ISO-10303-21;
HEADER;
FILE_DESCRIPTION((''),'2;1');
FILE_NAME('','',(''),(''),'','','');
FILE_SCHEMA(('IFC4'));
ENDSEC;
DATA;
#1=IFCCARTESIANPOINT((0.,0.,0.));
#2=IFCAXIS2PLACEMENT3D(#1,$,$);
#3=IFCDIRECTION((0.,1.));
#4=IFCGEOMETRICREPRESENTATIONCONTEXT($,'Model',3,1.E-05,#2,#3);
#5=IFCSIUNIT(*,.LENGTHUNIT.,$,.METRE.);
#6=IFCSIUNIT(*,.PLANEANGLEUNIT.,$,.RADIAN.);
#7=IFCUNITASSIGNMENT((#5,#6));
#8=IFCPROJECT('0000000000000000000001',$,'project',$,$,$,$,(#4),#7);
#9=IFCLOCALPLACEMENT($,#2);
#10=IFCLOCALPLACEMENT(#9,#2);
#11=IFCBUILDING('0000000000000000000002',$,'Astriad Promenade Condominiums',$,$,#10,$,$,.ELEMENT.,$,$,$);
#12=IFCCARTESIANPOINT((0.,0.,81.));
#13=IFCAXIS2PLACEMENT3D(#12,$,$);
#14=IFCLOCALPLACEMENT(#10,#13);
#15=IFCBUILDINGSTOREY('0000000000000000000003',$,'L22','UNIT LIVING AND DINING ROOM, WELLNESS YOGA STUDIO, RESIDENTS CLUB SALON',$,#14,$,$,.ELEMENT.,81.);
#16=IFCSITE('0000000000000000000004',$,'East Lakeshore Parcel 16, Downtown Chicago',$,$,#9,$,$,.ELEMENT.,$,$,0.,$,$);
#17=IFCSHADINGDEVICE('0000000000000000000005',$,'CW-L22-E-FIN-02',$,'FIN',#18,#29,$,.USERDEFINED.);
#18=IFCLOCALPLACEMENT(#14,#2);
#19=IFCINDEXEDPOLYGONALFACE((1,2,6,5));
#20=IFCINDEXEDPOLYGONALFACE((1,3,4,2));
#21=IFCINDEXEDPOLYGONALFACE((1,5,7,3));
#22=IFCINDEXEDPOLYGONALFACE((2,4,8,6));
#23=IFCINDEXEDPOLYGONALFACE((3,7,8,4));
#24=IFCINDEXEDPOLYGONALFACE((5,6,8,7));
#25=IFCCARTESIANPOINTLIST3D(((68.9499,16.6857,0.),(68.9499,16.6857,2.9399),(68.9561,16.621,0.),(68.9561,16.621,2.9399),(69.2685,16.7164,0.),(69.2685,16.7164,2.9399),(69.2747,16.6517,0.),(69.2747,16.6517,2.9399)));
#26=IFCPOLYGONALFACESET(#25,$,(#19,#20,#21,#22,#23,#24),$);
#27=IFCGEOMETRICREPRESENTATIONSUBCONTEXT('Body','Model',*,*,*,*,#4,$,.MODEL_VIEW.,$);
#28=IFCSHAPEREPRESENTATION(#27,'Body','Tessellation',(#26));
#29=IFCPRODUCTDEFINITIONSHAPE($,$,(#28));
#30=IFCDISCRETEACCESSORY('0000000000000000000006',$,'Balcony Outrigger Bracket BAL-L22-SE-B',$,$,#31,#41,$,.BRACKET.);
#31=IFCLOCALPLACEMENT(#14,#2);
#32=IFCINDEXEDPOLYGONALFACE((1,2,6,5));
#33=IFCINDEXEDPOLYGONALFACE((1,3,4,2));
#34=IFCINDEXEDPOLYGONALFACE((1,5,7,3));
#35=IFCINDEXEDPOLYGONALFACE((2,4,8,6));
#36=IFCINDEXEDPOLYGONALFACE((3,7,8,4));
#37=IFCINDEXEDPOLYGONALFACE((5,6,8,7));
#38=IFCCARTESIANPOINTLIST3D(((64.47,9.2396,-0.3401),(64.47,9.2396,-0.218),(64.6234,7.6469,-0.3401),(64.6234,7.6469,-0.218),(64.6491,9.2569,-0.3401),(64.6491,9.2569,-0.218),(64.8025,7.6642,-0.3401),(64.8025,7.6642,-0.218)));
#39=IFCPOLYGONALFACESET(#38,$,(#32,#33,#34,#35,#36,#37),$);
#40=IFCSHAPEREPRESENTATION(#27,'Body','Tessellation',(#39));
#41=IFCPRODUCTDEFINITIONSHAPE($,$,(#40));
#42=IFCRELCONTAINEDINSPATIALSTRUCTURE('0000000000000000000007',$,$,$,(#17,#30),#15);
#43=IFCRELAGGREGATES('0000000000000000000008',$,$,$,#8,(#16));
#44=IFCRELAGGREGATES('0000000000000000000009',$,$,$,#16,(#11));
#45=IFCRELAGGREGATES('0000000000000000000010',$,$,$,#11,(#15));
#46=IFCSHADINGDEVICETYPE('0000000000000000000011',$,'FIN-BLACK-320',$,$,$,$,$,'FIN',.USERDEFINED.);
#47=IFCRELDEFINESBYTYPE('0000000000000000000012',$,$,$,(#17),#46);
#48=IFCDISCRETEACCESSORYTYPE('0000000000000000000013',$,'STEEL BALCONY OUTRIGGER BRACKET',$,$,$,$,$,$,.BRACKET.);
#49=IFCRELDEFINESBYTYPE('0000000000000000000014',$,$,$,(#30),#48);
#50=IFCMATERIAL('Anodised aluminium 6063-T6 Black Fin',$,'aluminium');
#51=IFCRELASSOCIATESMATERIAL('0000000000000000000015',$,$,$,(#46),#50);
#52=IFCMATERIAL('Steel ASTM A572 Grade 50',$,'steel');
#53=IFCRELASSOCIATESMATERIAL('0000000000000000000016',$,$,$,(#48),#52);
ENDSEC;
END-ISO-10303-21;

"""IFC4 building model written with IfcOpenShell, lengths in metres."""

from ifc_helpers import new_model, si_unit, direction, frame, origin, origin_2d, place, context, subcontext, project, spatial, rectangle, extrude, source, transform, mapped, material, type_object, type_shapes, element, save


model = new_model("IFC4")

# Units and contexts
model_context = context("Model", 3, precision=1e-05, world=origin(), true_north=direction((0.0, 1.0)))
body_context = subcontext(model_context, "Body", "Model", "MODEL_VIEW")
ifc_project = project(units=[si_unit("LENGTHUNIT", "METRE"), si_unit("PLANEANGLEUNIT", "RADIAN")], contexts=[model_context])

# Site, building, storey
site_placement = place(None, origin())
site = spatial("IfcSite", under=ifc_project, at=site_placement, Name="East Lakeshore Parcel 16, Downtown Chicago", CompositionType="ELEMENT", RefElevation=0.0)
building_placement = place(site_placement, origin())
building = spatial("IfcBuilding", under=site, at=building_placement, Name="Astriad Promenade Condominiums", CompositionType="ELEMENT")
storey_placement = place(building_placement, frame((0.0, 0.0, 81.0)))
storey = spatial("IfcBuildingStorey", under=building, at=storey_placement, Name="L22", Description="UNIT LIVING AND DINING ROOM, WELLNESS YOGA STUDIO, RESIDENTS CLUB SALON", CompositionType="ELEMENT", Elevation=81.0)

# Shading device
ifc_material_1 = material(Name="Anodised aluminium 6063-T6 Black Fin", Category="aluminium")
shading_device_type = type_object("IfcShadingDeviceType", Name="FIN-BLACK-320", ElementType="FIN", PredefinedType="USERDEFINED", material=ifc_material_1)
shared_shape_1 = source(origin(), body_context, "Body", "SweptSolid", [
    extrude(rectangle(XDim=0.0649, YDim=0.3201, at=origin_2d()), origin(), (0.0, 0.0, 1.0), 2.9399),
])
type_shapes(shading_device_type, [shared_shape_1])
shading_device_placement = place(storey_placement, frame((69.1123, 16.6687, 0.0), z_axis=(0.0, 0.0, 1.0), x_axis=(0.095846, -0.995396, 0.0)))
element("IfcShadingDevice", 1, at=shading_device_placement, inside=storey, type_object=shading_device_type, Name="CW-L22-E-FIN-02", ObjectType="FIN", PredefinedType="USERDEFINED", context=body_context, shape_type="MappedRepresentation", body=[
    mapped(shared_shape_1, transform((0.0, 0.0, 0.0), scale=1.0)),
])

# Discrete accessory
ifc_material_2 = material(Name="Steel ASTM A572 Grade 50", Category="steel")
discrete_accessory_type = type_object("IfcDiscreteAccessoryType", Name="STEEL BALCONY OUTRIGGER BRACKET", PredefinedType="BRACKET", material=ifc_material_2)
shared_shape_2 = source(origin(), body_context, "Body", "SweptSolid", [
    extrude(rectangle(XDim=1.6001, YDim=0.1799, at=origin_2d()), origin(), (0.0, 0.0, 1.0), 0.1221),
])
type_shapes(discrete_accessory_type, [shared_shape_2])
discrete_accessory_placement = place(storey_placement, frame((64.6362, 8.4519, -0.3401), z_axis=(0.0, 0.0, 1.0), x_axis=(0.095846, -0.995396, 0.0)))
element("IfcDiscreteAccessory", 2, at=discrete_accessory_placement, inside=storey, type_object=discrete_accessory_type, Name="Balcony Outrigger Bracket BAL-L22-SE-B", PredefinedType="BRACKET", context=body_context, shape_type="MappedRepresentation", body=[
    mapped(shared_shape_2, transform((0.0, 0.0, 0.0), scale=1.0)),
])

save(model, "model.ifc")
